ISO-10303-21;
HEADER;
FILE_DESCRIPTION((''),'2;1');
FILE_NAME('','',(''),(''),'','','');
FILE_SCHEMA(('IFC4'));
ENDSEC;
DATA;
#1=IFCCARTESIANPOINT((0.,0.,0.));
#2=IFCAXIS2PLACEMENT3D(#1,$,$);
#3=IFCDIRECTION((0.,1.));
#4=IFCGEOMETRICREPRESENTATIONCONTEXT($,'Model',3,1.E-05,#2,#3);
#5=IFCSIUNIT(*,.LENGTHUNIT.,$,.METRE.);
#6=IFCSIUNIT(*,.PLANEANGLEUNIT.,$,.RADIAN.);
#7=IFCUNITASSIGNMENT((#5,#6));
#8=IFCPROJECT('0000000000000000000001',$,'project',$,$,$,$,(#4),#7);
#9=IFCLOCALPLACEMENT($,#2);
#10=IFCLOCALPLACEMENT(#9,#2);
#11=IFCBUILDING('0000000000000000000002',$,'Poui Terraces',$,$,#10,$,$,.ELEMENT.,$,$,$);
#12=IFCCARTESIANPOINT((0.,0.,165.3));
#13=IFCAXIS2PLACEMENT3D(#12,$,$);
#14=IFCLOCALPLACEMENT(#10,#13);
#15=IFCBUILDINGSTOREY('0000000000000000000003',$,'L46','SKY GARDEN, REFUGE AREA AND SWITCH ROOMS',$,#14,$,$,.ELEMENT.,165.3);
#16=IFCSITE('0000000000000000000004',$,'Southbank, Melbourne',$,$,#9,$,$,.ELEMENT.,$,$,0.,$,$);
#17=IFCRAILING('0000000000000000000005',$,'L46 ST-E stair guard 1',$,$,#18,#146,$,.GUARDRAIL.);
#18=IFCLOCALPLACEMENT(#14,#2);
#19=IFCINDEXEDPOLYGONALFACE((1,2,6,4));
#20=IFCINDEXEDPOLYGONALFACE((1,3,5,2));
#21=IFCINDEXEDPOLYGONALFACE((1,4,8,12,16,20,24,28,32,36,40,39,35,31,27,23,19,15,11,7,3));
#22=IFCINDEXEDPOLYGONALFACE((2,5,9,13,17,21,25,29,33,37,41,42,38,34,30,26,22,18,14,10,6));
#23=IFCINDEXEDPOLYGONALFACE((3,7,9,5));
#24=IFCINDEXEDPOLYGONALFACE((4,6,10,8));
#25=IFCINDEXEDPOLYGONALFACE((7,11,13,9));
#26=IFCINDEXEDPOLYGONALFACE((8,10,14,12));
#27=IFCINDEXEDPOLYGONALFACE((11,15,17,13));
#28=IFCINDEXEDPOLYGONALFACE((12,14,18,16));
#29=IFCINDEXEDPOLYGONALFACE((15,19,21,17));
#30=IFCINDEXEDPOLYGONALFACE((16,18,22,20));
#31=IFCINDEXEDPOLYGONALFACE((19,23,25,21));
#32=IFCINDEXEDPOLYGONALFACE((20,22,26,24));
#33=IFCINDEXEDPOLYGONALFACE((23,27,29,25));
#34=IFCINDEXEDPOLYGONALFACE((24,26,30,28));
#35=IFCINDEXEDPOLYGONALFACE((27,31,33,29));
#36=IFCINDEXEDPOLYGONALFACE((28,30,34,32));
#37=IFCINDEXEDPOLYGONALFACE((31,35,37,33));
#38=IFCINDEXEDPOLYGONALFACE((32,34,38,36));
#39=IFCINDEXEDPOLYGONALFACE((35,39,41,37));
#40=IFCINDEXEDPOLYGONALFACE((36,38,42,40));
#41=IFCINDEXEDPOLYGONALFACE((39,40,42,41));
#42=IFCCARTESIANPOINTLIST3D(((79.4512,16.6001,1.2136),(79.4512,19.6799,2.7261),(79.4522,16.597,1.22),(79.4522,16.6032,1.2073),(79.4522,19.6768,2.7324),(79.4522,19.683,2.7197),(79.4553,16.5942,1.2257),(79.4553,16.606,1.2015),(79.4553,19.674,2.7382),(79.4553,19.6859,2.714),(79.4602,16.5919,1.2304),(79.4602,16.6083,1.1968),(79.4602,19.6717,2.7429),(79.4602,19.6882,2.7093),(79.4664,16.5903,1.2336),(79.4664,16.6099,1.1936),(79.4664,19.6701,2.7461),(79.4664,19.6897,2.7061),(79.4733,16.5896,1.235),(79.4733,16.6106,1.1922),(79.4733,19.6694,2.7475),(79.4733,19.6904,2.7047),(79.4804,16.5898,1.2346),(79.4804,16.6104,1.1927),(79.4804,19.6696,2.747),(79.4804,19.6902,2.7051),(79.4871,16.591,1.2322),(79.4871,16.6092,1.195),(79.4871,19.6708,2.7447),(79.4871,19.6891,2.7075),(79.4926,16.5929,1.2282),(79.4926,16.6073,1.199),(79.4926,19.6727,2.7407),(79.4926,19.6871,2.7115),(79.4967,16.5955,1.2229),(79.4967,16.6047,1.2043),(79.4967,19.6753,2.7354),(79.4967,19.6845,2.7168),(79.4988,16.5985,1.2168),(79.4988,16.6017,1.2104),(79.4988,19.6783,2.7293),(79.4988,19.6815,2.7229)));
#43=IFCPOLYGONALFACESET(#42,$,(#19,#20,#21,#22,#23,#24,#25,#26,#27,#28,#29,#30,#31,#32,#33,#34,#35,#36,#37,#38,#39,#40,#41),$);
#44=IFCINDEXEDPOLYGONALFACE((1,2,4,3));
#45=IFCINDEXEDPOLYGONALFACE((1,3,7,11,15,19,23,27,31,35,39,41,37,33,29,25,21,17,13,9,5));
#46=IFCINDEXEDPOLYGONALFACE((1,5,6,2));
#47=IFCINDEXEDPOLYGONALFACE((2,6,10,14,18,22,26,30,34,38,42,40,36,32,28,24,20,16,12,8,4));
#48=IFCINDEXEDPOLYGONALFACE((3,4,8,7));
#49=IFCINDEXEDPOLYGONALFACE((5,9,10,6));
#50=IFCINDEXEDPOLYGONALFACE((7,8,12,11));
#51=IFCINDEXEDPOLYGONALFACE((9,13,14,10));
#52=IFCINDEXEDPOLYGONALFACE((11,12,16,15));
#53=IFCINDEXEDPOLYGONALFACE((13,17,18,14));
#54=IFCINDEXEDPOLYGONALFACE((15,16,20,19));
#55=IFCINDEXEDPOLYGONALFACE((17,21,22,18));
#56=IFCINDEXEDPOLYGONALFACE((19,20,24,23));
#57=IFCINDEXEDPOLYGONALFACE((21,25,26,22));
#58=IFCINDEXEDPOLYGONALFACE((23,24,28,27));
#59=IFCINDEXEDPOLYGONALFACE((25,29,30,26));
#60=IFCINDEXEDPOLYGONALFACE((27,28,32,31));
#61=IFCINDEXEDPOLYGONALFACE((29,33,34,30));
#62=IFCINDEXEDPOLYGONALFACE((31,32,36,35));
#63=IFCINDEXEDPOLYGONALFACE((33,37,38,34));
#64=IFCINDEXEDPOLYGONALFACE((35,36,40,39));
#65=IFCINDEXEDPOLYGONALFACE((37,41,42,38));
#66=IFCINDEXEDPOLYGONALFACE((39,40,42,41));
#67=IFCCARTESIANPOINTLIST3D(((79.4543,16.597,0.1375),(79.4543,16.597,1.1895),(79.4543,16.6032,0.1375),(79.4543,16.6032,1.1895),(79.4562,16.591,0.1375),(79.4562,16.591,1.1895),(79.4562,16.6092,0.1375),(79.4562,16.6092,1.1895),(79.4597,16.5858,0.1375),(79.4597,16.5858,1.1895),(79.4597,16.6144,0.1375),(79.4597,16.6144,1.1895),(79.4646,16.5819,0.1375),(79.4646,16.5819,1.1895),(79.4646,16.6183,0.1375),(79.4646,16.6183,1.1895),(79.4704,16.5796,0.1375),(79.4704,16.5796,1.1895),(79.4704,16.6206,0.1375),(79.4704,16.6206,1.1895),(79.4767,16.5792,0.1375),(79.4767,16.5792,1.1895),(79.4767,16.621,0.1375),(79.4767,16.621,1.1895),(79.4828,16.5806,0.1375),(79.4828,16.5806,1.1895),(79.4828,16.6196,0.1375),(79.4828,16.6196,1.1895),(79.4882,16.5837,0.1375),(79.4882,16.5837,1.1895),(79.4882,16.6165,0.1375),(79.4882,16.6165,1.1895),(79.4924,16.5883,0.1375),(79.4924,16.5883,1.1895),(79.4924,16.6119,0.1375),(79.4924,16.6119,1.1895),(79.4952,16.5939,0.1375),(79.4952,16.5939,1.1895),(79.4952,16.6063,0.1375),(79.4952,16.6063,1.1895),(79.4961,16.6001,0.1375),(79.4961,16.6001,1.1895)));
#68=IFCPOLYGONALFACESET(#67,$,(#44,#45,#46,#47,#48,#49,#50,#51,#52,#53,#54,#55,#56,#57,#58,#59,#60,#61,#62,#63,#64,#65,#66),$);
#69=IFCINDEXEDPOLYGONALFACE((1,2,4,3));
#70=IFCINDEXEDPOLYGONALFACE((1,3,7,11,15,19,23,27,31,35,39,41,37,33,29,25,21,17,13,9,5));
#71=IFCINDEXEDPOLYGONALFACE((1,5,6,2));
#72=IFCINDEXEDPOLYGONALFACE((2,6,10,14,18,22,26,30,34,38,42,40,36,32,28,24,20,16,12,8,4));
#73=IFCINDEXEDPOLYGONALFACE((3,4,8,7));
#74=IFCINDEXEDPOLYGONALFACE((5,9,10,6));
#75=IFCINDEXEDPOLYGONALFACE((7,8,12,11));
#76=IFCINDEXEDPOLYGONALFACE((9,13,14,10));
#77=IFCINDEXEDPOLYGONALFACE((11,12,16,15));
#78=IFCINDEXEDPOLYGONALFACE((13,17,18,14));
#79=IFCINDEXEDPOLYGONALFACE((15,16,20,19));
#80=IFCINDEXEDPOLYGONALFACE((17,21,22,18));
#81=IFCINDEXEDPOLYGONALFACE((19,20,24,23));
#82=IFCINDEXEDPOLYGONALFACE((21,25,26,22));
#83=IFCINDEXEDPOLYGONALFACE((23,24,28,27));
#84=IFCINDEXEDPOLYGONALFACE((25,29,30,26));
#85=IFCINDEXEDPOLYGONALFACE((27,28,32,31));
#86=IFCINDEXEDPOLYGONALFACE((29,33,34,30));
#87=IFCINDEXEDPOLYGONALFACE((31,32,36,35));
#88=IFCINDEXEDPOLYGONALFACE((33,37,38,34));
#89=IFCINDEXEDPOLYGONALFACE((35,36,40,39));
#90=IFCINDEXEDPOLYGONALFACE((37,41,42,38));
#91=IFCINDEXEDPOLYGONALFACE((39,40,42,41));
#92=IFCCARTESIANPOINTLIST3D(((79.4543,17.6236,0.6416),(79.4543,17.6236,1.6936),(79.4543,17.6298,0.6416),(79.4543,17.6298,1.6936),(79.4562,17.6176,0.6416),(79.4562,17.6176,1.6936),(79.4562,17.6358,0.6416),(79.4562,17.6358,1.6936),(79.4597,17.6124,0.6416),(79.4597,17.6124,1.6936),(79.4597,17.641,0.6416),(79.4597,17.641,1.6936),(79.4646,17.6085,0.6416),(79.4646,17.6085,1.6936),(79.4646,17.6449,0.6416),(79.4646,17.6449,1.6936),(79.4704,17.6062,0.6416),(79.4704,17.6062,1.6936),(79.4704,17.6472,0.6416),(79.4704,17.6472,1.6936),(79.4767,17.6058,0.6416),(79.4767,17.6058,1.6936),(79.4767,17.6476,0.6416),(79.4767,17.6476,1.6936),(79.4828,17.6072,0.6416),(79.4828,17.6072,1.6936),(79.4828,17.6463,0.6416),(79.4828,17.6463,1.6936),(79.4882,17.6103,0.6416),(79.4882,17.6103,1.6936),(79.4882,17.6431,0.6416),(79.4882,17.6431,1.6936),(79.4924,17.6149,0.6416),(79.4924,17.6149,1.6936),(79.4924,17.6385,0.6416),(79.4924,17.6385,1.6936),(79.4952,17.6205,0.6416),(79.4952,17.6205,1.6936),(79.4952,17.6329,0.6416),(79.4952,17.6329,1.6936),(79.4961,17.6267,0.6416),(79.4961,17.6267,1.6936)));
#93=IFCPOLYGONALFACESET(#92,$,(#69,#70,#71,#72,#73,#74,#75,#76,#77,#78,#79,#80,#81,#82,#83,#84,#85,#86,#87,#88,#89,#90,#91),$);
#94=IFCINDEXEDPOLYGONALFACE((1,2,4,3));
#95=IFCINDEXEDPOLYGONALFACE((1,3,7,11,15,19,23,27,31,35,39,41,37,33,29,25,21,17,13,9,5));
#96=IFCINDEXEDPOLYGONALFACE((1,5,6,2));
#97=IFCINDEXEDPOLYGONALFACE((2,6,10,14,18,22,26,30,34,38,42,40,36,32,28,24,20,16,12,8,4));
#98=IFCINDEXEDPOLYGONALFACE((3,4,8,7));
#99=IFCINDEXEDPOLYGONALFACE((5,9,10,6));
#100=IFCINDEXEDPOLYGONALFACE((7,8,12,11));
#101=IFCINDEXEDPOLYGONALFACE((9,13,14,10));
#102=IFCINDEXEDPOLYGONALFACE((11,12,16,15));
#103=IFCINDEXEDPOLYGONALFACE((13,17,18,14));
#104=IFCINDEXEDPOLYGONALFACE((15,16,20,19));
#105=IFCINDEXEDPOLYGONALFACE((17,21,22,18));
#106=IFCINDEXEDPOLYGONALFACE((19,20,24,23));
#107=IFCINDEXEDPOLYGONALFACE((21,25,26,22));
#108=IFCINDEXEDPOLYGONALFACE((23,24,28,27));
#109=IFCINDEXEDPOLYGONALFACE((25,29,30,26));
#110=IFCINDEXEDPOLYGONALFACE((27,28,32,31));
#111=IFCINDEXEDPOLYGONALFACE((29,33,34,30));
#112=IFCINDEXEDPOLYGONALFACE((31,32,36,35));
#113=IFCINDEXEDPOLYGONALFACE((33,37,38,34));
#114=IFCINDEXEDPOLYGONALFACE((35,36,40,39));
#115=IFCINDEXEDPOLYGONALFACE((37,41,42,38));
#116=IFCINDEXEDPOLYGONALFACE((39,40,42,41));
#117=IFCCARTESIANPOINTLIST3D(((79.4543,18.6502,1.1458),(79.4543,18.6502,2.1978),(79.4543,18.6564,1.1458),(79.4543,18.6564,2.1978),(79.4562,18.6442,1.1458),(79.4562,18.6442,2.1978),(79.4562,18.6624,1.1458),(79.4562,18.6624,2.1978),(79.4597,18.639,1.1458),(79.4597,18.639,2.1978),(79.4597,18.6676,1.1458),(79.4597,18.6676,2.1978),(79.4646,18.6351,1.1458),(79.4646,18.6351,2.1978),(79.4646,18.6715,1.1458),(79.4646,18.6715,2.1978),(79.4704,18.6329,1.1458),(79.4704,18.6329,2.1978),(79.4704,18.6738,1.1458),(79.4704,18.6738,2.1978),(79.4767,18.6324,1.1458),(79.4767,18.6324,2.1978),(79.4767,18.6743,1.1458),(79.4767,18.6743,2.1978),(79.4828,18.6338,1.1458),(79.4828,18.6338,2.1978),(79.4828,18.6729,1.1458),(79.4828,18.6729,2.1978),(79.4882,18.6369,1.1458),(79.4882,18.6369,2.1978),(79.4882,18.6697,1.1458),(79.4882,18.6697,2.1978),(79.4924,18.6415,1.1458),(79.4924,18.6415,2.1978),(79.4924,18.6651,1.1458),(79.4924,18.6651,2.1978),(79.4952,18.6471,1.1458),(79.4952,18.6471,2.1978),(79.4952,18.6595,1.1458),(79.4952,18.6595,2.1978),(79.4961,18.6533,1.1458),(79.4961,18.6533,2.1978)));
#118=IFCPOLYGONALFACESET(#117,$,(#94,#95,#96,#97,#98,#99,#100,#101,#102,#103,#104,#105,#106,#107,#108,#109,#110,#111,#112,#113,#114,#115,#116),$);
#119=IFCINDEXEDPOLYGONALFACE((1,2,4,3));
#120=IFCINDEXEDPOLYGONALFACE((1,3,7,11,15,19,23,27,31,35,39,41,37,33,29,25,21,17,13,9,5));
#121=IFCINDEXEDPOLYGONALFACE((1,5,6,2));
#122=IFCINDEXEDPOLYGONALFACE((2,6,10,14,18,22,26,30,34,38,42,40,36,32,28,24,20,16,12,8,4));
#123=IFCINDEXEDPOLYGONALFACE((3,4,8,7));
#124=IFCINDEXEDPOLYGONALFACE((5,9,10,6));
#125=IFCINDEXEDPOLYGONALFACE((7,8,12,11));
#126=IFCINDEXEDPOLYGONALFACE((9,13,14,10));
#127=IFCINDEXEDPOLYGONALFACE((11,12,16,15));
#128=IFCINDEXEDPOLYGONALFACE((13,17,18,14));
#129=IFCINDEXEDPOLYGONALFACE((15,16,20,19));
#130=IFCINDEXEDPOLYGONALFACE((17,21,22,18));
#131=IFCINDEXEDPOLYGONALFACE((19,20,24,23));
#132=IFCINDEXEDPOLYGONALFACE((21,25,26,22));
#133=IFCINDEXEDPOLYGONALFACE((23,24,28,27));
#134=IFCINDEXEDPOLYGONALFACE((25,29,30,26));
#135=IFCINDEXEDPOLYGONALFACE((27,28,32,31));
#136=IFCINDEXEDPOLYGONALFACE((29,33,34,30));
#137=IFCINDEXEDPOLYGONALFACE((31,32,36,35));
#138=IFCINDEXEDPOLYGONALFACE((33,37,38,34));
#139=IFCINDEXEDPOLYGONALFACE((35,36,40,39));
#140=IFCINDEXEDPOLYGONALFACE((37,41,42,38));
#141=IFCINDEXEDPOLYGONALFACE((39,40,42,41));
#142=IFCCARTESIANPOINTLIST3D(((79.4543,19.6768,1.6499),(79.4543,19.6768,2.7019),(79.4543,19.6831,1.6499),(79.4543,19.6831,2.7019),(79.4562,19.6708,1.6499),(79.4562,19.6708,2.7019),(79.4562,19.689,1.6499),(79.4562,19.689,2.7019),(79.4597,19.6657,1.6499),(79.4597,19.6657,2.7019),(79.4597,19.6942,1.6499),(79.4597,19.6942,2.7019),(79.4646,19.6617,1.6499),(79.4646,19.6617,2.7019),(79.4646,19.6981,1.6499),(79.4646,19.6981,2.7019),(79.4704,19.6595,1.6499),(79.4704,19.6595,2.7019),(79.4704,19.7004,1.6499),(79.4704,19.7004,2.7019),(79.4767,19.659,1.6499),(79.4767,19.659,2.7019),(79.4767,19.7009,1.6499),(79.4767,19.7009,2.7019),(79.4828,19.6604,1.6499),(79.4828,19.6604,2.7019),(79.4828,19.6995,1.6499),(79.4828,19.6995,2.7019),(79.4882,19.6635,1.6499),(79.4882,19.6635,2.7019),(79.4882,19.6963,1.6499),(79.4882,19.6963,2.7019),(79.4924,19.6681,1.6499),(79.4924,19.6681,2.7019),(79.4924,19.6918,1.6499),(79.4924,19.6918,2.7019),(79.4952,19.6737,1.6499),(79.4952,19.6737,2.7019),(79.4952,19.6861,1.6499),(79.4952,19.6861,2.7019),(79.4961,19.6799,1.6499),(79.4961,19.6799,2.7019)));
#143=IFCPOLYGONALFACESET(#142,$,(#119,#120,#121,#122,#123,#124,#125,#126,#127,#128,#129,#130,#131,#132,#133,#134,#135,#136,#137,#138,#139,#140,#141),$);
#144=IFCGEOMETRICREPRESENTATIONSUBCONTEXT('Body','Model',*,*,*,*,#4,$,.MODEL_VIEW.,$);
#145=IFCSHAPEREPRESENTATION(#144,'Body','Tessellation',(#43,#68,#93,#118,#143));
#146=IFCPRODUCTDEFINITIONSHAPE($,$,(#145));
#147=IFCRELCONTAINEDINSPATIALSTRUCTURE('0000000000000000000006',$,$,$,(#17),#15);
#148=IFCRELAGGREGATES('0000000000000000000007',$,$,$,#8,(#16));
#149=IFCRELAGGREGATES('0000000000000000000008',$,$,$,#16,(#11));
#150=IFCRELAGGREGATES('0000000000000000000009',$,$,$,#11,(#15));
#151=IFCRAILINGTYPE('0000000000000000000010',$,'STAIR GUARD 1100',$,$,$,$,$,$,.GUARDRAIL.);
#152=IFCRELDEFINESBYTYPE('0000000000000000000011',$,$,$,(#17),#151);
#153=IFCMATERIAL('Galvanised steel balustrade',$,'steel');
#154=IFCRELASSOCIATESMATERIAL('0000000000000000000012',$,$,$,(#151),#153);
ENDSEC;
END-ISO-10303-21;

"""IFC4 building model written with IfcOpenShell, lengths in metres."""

from ifc_helpers import new_model, si_unit, direction, frame, origin, origin_2d, place, context, subcontext, project, spatial, circle, extrude, material, type_object, element, save


model = new_model("IFC4")

# Units and contexts
model_context = context("Model", 3, precision=1e-05, world=origin(), true_north=direction((0.0, 1.0)))
body_context = subcontext(model_context, "Body", "Model", "MODEL_VIEW")
ifc_project = project(units=[si_unit("LENGTHUNIT", "METRE"), si_unit("PLANEANGLEUNIT", "RADIAN")], contexts=[model_context])

# Site, building, storey
site_placement = place(None, origin())
site = spatial("IfcSite", under=ifc_project, at=site_placement, Name="Southbank, Melbourne", CompositionType="ELEMENT", RefElevation=0.0)
building_placement = place(site_placement, origin())
building = spatial("IfcBuilding", under=site, at=building_placement, Name="Poui Terraces", CompositionType="ELEMENT")
storey_placement = place(building_placement, frame((0.0, 0.0, 165.3)))
storey = spatial("IfcBuildingStorey", under=building, at=storey_placement, Name="L46", Description="SKY GARDEN, REFUGE AREA AND SWITCH ROOMS", CompositionType="ELEMENT", Elevation=165.3)

# Railing
ifc_material_1 = material(Name="Galvanised steel balustrade", Category="steel")
railing_type_1 = type_object("IfcRailingType", Name="STAIR GUARD 1100", PredefinedType="GUARDRAIL", material=ifc_material_1)
railing_1_placement = place(storey_placement, frame((79.4751, 16.6001, 0.1375)))
element("IfcRailing", 1, at=railing_1_placement, inside=storey, type_object=railing_type_1, Name="L46 ST-E stair guard 1", PredefinedType="GUARDRAIL", context=body_context, shape_type="SweptSolid", body=[
    extrude(circle(Radius=0.0239, at=origin_2d()), frame((0.0, 0.0, 1.0762), z_axis=(0.0, 0.897606, 0.440798), x_axis=(-1.0, 0.0, 0.0)), (0.0, 0.0, 1.0), 3.4312),
    extrude(circle(Radius=0.021, at=origin_2d()), origin(), (0.0, 0.0, 1.0), 1.052),
    extrude(circle(Radius=0.021, at=origin_2d()), frame((0.0, 1.0266, 0.5042)), (0.0, 0.0, 1.0), 1.052),
    extrude(circle(Radius=0.021, at=origin_2d()), frame((0.0, 2.0532, 1.0083)), (0.0, 0.0, 1.0), 1.052),
    extrude(circle(Radius=0.021, at=origin_2d()), frame((0.0, 3.0798, 1.5125)), (0.0, 0.0, 1.0), 1.052),
])

save(model, "model.ifc")
